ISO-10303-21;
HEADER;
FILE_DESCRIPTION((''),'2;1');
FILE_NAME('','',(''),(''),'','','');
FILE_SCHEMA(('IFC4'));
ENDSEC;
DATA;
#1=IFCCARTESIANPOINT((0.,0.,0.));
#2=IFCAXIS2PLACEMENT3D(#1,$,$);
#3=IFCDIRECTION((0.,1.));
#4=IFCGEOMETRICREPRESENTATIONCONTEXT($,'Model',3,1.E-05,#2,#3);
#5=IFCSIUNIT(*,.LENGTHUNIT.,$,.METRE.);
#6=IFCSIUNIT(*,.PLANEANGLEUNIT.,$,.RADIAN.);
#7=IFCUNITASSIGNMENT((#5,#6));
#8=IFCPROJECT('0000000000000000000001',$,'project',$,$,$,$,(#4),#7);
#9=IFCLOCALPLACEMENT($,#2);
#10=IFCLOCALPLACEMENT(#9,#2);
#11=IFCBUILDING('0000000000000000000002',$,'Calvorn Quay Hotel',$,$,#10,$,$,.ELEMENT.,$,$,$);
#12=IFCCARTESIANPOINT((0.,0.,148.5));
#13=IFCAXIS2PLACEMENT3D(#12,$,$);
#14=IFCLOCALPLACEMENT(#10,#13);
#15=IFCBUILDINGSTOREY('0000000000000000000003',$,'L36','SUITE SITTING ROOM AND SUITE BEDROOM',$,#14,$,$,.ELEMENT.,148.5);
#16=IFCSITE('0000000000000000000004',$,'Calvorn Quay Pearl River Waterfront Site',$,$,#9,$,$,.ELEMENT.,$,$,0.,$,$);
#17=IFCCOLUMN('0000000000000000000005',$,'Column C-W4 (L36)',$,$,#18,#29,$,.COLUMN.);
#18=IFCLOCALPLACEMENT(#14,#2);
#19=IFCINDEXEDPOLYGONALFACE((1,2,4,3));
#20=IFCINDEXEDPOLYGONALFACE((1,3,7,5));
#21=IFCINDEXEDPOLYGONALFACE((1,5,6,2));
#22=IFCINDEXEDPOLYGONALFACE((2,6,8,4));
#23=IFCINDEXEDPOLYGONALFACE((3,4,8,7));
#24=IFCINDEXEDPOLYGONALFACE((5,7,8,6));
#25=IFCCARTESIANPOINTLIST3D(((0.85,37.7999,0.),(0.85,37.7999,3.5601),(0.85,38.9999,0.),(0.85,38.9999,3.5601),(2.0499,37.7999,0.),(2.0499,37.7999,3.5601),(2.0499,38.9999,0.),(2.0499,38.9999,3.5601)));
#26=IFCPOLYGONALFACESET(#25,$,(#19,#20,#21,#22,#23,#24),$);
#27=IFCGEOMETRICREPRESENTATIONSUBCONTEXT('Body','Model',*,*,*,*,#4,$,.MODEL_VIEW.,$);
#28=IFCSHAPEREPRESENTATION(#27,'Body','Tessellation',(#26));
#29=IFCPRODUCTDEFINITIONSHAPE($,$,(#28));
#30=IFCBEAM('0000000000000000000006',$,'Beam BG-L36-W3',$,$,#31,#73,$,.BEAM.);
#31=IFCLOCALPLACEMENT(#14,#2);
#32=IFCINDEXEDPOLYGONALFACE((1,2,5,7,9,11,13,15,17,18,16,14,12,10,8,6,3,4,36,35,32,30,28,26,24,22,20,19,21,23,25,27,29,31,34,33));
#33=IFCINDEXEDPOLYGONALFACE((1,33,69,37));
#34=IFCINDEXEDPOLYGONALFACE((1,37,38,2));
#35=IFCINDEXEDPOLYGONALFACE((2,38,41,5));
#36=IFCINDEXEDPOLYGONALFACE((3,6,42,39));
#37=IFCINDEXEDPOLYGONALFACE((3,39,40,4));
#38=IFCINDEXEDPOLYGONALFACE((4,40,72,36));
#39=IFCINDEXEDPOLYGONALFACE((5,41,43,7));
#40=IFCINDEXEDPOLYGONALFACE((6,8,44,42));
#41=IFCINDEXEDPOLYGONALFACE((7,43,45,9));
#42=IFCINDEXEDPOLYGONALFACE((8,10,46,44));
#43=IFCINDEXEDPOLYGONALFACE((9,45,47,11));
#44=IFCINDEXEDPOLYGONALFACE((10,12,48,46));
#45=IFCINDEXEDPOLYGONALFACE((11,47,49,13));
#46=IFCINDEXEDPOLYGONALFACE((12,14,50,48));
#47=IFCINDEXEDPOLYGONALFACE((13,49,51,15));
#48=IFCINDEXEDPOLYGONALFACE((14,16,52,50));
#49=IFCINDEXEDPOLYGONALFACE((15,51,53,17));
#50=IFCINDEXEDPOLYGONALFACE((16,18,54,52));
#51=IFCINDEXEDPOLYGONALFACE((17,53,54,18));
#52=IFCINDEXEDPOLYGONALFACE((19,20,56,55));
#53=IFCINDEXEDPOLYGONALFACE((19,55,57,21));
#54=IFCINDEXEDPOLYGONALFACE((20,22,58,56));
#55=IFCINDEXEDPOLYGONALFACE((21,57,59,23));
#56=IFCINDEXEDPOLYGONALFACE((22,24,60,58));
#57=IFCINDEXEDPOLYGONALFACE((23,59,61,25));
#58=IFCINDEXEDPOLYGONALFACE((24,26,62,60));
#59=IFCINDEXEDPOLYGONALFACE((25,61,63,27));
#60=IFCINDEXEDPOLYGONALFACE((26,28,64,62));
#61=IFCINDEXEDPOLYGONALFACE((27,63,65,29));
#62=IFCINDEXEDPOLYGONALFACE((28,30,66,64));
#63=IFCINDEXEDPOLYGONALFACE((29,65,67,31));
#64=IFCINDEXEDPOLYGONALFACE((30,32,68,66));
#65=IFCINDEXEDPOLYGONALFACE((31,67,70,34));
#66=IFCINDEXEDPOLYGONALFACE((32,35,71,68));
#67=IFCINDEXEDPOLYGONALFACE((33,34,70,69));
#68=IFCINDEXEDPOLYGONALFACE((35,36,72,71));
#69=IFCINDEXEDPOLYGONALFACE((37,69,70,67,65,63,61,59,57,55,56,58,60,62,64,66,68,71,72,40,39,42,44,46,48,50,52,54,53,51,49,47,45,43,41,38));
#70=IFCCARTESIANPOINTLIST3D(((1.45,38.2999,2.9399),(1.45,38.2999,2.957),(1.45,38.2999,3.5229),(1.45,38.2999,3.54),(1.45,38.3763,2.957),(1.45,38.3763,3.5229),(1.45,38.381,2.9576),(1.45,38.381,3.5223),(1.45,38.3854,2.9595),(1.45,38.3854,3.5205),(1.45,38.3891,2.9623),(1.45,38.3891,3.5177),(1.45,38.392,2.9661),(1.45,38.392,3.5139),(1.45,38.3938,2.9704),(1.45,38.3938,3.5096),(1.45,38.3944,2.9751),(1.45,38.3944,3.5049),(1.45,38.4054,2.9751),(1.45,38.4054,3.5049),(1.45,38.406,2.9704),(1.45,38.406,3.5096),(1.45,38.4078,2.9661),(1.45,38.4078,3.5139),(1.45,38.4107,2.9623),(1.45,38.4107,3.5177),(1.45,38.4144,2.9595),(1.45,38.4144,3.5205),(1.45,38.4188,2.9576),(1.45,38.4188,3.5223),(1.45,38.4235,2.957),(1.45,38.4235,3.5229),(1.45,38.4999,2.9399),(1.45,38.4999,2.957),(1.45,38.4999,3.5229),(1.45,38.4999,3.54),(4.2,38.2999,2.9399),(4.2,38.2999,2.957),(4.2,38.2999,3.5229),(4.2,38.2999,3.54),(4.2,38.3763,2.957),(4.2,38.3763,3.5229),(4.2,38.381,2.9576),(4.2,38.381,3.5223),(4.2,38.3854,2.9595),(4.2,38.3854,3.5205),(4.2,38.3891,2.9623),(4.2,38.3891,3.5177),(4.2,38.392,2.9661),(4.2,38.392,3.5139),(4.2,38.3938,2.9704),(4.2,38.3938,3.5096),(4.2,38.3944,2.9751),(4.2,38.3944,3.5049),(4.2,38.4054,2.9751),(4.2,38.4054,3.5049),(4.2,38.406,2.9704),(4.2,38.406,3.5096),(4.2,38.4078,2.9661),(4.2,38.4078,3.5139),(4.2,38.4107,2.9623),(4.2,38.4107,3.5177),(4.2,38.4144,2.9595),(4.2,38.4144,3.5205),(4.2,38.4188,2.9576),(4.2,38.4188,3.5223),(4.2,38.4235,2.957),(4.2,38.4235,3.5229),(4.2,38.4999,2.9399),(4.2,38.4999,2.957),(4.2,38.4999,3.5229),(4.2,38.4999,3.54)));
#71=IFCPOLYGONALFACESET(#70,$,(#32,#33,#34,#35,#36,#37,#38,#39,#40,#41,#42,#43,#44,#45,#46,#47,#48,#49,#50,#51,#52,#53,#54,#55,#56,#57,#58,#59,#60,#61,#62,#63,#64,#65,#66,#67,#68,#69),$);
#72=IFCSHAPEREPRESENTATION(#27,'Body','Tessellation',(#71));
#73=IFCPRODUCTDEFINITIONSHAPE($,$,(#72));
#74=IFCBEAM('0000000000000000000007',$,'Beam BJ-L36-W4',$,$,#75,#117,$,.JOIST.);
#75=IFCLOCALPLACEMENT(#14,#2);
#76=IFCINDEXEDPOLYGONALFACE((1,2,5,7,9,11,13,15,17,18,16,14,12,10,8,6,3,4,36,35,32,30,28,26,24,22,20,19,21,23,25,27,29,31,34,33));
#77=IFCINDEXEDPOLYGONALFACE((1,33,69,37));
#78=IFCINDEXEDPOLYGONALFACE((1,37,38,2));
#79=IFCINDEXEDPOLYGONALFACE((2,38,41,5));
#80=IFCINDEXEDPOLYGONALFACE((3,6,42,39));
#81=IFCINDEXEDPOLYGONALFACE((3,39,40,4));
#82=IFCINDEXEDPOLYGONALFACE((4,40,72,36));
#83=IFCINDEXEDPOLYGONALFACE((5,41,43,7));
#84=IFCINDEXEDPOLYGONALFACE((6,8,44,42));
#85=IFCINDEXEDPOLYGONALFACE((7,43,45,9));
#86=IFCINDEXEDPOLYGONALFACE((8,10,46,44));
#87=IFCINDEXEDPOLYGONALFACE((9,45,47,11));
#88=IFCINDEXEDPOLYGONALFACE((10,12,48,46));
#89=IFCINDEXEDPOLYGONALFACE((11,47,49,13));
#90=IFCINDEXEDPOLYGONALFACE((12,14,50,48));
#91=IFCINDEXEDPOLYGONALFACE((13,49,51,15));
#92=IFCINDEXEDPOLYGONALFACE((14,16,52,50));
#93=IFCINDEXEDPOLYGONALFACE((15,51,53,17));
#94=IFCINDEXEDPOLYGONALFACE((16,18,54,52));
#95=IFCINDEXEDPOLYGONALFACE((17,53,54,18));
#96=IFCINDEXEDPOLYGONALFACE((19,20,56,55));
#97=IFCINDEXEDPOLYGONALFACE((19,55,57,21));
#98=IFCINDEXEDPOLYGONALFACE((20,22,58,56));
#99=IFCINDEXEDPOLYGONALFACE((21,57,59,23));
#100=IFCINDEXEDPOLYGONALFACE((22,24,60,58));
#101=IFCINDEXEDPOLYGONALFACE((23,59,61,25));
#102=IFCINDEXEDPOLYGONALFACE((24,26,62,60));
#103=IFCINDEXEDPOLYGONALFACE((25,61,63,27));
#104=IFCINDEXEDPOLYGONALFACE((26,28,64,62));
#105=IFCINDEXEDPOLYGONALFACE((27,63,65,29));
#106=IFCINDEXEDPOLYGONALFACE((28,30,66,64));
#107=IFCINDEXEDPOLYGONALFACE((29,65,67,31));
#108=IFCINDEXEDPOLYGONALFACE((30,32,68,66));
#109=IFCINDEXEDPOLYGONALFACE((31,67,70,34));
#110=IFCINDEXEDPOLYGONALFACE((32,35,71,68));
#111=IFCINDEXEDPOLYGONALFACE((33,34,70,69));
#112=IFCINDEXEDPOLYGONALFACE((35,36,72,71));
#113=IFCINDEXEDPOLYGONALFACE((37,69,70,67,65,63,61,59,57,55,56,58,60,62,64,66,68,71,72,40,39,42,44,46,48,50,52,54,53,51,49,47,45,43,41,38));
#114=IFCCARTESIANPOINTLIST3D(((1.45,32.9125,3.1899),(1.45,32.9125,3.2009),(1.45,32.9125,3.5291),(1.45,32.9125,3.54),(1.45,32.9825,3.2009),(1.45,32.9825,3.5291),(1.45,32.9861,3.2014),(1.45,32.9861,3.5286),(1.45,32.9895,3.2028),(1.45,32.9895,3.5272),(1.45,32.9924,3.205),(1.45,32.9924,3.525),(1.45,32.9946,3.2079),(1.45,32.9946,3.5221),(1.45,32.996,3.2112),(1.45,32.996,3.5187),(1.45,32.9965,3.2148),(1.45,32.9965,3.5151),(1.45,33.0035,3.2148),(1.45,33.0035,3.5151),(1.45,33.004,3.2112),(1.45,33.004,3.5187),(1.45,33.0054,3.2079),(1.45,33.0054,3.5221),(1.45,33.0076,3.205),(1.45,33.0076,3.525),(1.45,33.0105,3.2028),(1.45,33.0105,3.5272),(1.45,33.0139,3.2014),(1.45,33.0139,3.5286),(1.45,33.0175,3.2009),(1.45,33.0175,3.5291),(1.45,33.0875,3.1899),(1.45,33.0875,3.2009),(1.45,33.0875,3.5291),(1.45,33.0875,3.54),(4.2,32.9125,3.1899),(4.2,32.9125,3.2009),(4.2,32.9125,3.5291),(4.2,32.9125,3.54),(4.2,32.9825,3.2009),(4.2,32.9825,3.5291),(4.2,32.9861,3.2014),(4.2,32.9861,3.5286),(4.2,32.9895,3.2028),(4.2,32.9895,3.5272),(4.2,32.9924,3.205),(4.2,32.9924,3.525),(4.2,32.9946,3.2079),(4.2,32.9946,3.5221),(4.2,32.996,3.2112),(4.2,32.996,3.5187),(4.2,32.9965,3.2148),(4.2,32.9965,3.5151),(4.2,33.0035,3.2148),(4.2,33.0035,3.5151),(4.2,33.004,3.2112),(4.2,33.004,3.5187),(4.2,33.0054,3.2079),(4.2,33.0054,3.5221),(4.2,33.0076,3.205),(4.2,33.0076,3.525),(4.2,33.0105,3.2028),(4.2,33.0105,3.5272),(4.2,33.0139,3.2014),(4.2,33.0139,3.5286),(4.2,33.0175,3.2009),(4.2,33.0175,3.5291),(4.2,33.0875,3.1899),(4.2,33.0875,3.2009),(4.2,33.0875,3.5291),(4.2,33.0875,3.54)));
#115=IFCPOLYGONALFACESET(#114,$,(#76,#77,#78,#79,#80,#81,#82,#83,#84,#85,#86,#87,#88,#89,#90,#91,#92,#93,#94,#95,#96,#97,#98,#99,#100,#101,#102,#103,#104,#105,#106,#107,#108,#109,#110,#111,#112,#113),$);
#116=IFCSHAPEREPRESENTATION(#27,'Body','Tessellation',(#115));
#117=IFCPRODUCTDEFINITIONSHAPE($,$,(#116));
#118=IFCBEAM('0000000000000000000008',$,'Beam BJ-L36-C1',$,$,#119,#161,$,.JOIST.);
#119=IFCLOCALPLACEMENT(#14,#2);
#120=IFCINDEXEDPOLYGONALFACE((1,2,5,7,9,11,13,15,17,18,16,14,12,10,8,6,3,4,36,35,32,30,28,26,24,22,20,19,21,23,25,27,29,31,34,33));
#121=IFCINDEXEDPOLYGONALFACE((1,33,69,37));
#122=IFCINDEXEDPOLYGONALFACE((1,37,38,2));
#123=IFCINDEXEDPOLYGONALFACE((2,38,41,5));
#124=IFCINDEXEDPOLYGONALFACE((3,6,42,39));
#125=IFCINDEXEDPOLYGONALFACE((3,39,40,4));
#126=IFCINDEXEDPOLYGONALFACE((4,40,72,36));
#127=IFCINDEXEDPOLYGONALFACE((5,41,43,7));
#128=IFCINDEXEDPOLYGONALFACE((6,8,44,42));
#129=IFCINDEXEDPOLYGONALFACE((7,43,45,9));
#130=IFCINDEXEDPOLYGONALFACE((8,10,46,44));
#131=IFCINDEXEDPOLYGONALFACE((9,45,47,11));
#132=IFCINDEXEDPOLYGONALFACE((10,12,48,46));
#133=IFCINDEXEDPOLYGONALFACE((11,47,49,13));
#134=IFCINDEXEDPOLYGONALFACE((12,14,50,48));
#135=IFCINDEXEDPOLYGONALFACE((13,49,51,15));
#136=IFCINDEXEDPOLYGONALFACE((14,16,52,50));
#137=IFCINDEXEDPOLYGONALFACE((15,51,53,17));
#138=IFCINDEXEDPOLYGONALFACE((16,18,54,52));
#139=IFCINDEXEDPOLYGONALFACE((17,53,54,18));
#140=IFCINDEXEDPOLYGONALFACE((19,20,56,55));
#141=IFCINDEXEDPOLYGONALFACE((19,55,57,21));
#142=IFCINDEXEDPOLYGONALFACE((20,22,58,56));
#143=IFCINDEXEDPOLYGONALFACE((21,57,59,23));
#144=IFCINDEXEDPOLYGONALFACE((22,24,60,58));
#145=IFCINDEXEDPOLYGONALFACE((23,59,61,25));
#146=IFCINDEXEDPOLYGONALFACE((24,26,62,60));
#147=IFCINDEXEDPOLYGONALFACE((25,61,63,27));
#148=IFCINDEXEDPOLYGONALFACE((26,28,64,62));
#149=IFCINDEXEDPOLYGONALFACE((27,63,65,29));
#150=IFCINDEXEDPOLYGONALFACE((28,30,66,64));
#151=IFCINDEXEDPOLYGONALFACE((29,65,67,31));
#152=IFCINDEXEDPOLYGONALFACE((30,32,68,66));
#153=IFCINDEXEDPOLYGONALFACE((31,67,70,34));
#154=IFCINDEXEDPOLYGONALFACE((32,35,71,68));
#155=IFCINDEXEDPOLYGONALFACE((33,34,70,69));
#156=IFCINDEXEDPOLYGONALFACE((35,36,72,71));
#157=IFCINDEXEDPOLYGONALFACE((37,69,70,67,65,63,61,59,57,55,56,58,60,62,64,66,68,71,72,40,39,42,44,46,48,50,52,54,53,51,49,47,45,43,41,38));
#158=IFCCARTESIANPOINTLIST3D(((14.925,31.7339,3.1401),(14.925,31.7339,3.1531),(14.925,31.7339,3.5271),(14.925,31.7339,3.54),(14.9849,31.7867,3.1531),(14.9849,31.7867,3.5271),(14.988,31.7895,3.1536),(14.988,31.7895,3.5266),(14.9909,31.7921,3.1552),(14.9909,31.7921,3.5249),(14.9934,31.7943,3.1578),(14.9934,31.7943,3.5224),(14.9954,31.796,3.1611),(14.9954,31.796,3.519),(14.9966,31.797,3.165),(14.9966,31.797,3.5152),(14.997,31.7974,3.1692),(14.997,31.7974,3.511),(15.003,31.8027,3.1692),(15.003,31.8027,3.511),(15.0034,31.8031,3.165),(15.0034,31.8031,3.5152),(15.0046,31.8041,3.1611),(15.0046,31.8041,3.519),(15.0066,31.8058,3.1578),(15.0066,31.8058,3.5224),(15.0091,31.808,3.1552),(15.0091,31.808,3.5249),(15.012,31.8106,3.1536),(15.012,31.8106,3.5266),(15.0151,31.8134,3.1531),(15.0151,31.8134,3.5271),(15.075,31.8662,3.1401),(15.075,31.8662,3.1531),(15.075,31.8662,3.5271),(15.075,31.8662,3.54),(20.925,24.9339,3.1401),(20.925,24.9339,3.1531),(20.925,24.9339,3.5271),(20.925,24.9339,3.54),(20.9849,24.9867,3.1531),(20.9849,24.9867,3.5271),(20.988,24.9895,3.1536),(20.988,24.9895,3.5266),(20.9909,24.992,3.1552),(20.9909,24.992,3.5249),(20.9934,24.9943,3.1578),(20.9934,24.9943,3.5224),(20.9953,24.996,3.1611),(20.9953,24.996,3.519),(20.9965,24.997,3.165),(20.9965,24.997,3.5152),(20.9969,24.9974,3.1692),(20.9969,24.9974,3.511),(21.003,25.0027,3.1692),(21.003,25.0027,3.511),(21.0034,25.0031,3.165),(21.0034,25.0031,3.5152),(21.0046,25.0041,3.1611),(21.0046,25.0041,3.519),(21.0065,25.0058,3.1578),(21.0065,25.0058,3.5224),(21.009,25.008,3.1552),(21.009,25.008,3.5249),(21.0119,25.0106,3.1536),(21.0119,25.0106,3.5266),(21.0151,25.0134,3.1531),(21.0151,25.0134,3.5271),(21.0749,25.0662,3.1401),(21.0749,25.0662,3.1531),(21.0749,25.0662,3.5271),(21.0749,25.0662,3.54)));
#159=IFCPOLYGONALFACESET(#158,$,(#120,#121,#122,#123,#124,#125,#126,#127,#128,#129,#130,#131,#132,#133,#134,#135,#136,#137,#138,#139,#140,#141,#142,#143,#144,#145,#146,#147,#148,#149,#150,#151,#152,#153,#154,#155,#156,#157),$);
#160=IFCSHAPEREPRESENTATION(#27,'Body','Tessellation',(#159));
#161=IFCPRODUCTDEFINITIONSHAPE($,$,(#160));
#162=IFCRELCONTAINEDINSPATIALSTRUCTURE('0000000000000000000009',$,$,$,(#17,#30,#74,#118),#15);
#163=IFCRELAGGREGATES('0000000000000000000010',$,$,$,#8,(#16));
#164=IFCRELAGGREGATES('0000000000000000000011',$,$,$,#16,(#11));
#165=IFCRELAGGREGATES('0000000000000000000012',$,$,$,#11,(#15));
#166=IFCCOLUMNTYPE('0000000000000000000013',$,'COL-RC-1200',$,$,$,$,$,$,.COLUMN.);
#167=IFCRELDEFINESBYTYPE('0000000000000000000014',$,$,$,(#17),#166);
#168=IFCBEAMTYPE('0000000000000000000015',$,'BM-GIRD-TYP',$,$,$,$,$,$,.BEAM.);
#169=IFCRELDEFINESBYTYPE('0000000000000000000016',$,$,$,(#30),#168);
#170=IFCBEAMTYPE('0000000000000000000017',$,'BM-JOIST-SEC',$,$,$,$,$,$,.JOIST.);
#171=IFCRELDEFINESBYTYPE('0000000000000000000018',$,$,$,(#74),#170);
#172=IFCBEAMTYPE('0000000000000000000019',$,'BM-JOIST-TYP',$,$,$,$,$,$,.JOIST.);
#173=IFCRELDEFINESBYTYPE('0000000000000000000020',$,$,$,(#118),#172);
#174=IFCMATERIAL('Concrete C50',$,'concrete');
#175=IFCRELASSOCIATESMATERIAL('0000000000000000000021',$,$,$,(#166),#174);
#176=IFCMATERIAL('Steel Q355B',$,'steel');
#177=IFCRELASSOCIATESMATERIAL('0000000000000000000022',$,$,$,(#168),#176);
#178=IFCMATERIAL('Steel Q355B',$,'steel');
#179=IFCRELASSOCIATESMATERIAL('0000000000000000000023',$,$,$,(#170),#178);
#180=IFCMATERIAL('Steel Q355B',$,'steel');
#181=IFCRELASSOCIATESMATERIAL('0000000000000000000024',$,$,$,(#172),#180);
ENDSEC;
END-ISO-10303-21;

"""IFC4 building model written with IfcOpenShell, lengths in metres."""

from ifc_helpers import new_model, si_unit, direction, frame, origin, origin_2d, place, context, subcontext, project, spatial, rectangle, i_section, extrude, material, material_profile, profile_set, type_object, element, save


model = new_model("IFC4")

# Units and contexts
model_context = context("Model", 3, precision=1e-05, world=origin(), true_north=direction((0.0, 1.0)))
body_context = subcontext(model_context, "Body", "Model", "MODEL_VIEW")
ifc_project = project(units=[si_unit("LENGTHUNIT", "METRE"), si_unit("PLANEANGLEUNIT", "RADIAN")], contexts=[model_context])

# Site, building, storey
site_placement = place(None, origin())
site = spatial("IfcSite", under=ifc_project, at=site_placement, Name="Calvorn Quay Pearl River Waterfront Site", CompositionType="ELEMENT", RefElevation=0.0)
building_placement = place(site_placement, origin())
building = spatial("IfcBuilding", under=site, at=building_placement, Name="Calvorn Quay Hotel", CompositionType="ELEMENT")
storey_placement = place(building_placement, frame((0.0, 0.0, 148.5)))
storey = spatial("IfcBuildingStorey", under=building, at=storey_placement, Name="L36", Description="SUITE SITTING ROOM AND SUITE BEDROOM", CompositionType="ELEMENT", Elevation=148.5)

# Column
ifc_material_1 = material(Name="Concrete C50", Category="concrete")
ifc_material_profile_1 = material_profile(ifc_material_1, rectangle(XDim=1.2, YDim=1.2, at=origin_2d()), Name="RC1200x1200")
ifc_profile_set_1 = profile_set([ifc_material_profile_1], Name="Concrete C50")
column_type = type_object("IfcColumnType", Name="COL-RC-1200", PredefinedType="COLUMN", material=ifc_profile_set_1)
column_placement = place(storey_placement, frame((1.45, 38.3999, 0.0), z_axis=(0.0, 0.0, 1.0), x_axis=(1.0, 0.0, 0.0)))
element("IfcColumn", 1, at=column_placement, inside=storey, type_object=column_type, Name="Column C-W4 (L36)", PredefinedType="COLUMN", context=body_context, shape_type="SweptSolid", body=[
    extrude(rectangle(XDim=1.2, YDim=1.2, at=origin_2d()), origin(), (0.0, 0.0, 1.0), 3.5601),
])

# Beams
ifc_material_2 = material(Name="Steel Q355B", Category="steel")
ifc_material_profile_2 = material_profile(ifc_material_2, i_section(OverallWidth=0.2, OverallDepth=0.6001, WebThickness=0.011, FlangeThickness=0.0171, FilletRadius=0.0181, at=origin_2d()), Name="HN600x200x11x17")
ifc_profile_set_2 = profile_set([ifc_material_profile_2], Name="Steel Q355B")
beam_type_1 = type_object("IfcBeamType", Name="BM-GIRD-TYP", PredefinedType="BEAM", material=ifc_profile_set_2)
beam_1_placement = place(storey_placement, frame((1.45, 38.3999, 3.24), z_axis=(1.0, 0.0, 0.0), x_axis=(0.0, 1.0, 0.0)))
element("IfcBeam", 2, at=beam_1_placement, inside=storey, type_object=beam_type_1, Name="Beam BG-L36-W3", PredefinedType="BEAM", context=body_context, shape_type="SweptSolid", body=[
    extrude(i_section(OverallWidth=0.2, OverallDepth=0.6001, WebThickness=0.011, FlangeThickness=0.0171, FilletRadius=0.0181, at=origin_2d()), origin(), (0.0, 0.0, 1.0), 2.75),
])
ifc_material_3 = material(Name="Steel Q355B", Category="steel")
ifc_material_profile_3 = material_profile(ifc_material_3, i_section(OverallWidth=0.175, OverallDepth=0.3501, WebThickness=0.0071, FlangeThickness=0.011, FilletRadius=0.0139, at=origin_2d()), Name="HN350x175x7x11")
ifc_profile_set_3 = profile_set([ifc_material_profile_3], Name="Steel Q355B")
beam_type_2 = type_object("IfcBeamType", Name="BM-JOIST-SEC", PredefinedType="JOIST", material=ifc_profile_set_3)
beam_2_placement = place(storey_placement, frame((1.45, 33.0, 3.365), z_axis=(1.0, 0.0, 0.0), x_axis=(0.0, 1.0, 0.0)))
element("IfcBeam", 3, at=beam_2_placement, inside=storey, type_object=beam_type_2, Name="Beam BJ-L36-W4", PredefinedType="JOIST", context=body_context, shape_type="SweptSolid", body=[
    extrude(i_section(OverallWidth=0.175, OverallDepth=0.3501, WebThickness=0.0071, FlangeThickness=0.011, FilletRadius=0.0139, at=origin_2d()), origin(), (0.0, 0.0, 1.0), 2.75),
])
ifc_material_4 = material(Name="Steel Q355B", Category="steel")
ifc_material_profile_4 = material_profile(ifc_material_4, i_section(OverallWidth=0.2, OverallDepth=0.3999, WebThickness=0.0081, FlangeThickness=0.0129, FilletRadius=0.0161, at=origin_2d()), Name="HN400x200x8x13")
ifc_profile_set_4 = profile_set([ifc_material_profile_4], Name="Steel Q355B")
beam_type_3 = type_object("IfcBeamType", Name="BM-JOIST-TYP", PredefinedType="JOIST", material=ifc_profile_set_4)
beam_3_placement = place(storey_placement, frame((15.0, 31.8, 3.3401), z_axis=(0.661619, -0.74984, 0.0), x_axis=(0.74984, 0.661619, 0.0)))
element("IfcBeam", 4, at=beam_3_placement, inside=storey, type_object=beam_type_3, Name="Beam BJ-L36-C1", PredefinedType="JOIST", context=body_context, shape_type="SweptSolid", body=[
    extrude(i_section(OverallWidth=0.2, OverallDepth=0.3999, WebThickness=0.0081, FlangeThickness=0.0129, FilletRadius=0.0161, at=origin_2d()), origin(), (0.0, 0.0, 1.0), 9.0686),
])

save(model, "model.ifc")
